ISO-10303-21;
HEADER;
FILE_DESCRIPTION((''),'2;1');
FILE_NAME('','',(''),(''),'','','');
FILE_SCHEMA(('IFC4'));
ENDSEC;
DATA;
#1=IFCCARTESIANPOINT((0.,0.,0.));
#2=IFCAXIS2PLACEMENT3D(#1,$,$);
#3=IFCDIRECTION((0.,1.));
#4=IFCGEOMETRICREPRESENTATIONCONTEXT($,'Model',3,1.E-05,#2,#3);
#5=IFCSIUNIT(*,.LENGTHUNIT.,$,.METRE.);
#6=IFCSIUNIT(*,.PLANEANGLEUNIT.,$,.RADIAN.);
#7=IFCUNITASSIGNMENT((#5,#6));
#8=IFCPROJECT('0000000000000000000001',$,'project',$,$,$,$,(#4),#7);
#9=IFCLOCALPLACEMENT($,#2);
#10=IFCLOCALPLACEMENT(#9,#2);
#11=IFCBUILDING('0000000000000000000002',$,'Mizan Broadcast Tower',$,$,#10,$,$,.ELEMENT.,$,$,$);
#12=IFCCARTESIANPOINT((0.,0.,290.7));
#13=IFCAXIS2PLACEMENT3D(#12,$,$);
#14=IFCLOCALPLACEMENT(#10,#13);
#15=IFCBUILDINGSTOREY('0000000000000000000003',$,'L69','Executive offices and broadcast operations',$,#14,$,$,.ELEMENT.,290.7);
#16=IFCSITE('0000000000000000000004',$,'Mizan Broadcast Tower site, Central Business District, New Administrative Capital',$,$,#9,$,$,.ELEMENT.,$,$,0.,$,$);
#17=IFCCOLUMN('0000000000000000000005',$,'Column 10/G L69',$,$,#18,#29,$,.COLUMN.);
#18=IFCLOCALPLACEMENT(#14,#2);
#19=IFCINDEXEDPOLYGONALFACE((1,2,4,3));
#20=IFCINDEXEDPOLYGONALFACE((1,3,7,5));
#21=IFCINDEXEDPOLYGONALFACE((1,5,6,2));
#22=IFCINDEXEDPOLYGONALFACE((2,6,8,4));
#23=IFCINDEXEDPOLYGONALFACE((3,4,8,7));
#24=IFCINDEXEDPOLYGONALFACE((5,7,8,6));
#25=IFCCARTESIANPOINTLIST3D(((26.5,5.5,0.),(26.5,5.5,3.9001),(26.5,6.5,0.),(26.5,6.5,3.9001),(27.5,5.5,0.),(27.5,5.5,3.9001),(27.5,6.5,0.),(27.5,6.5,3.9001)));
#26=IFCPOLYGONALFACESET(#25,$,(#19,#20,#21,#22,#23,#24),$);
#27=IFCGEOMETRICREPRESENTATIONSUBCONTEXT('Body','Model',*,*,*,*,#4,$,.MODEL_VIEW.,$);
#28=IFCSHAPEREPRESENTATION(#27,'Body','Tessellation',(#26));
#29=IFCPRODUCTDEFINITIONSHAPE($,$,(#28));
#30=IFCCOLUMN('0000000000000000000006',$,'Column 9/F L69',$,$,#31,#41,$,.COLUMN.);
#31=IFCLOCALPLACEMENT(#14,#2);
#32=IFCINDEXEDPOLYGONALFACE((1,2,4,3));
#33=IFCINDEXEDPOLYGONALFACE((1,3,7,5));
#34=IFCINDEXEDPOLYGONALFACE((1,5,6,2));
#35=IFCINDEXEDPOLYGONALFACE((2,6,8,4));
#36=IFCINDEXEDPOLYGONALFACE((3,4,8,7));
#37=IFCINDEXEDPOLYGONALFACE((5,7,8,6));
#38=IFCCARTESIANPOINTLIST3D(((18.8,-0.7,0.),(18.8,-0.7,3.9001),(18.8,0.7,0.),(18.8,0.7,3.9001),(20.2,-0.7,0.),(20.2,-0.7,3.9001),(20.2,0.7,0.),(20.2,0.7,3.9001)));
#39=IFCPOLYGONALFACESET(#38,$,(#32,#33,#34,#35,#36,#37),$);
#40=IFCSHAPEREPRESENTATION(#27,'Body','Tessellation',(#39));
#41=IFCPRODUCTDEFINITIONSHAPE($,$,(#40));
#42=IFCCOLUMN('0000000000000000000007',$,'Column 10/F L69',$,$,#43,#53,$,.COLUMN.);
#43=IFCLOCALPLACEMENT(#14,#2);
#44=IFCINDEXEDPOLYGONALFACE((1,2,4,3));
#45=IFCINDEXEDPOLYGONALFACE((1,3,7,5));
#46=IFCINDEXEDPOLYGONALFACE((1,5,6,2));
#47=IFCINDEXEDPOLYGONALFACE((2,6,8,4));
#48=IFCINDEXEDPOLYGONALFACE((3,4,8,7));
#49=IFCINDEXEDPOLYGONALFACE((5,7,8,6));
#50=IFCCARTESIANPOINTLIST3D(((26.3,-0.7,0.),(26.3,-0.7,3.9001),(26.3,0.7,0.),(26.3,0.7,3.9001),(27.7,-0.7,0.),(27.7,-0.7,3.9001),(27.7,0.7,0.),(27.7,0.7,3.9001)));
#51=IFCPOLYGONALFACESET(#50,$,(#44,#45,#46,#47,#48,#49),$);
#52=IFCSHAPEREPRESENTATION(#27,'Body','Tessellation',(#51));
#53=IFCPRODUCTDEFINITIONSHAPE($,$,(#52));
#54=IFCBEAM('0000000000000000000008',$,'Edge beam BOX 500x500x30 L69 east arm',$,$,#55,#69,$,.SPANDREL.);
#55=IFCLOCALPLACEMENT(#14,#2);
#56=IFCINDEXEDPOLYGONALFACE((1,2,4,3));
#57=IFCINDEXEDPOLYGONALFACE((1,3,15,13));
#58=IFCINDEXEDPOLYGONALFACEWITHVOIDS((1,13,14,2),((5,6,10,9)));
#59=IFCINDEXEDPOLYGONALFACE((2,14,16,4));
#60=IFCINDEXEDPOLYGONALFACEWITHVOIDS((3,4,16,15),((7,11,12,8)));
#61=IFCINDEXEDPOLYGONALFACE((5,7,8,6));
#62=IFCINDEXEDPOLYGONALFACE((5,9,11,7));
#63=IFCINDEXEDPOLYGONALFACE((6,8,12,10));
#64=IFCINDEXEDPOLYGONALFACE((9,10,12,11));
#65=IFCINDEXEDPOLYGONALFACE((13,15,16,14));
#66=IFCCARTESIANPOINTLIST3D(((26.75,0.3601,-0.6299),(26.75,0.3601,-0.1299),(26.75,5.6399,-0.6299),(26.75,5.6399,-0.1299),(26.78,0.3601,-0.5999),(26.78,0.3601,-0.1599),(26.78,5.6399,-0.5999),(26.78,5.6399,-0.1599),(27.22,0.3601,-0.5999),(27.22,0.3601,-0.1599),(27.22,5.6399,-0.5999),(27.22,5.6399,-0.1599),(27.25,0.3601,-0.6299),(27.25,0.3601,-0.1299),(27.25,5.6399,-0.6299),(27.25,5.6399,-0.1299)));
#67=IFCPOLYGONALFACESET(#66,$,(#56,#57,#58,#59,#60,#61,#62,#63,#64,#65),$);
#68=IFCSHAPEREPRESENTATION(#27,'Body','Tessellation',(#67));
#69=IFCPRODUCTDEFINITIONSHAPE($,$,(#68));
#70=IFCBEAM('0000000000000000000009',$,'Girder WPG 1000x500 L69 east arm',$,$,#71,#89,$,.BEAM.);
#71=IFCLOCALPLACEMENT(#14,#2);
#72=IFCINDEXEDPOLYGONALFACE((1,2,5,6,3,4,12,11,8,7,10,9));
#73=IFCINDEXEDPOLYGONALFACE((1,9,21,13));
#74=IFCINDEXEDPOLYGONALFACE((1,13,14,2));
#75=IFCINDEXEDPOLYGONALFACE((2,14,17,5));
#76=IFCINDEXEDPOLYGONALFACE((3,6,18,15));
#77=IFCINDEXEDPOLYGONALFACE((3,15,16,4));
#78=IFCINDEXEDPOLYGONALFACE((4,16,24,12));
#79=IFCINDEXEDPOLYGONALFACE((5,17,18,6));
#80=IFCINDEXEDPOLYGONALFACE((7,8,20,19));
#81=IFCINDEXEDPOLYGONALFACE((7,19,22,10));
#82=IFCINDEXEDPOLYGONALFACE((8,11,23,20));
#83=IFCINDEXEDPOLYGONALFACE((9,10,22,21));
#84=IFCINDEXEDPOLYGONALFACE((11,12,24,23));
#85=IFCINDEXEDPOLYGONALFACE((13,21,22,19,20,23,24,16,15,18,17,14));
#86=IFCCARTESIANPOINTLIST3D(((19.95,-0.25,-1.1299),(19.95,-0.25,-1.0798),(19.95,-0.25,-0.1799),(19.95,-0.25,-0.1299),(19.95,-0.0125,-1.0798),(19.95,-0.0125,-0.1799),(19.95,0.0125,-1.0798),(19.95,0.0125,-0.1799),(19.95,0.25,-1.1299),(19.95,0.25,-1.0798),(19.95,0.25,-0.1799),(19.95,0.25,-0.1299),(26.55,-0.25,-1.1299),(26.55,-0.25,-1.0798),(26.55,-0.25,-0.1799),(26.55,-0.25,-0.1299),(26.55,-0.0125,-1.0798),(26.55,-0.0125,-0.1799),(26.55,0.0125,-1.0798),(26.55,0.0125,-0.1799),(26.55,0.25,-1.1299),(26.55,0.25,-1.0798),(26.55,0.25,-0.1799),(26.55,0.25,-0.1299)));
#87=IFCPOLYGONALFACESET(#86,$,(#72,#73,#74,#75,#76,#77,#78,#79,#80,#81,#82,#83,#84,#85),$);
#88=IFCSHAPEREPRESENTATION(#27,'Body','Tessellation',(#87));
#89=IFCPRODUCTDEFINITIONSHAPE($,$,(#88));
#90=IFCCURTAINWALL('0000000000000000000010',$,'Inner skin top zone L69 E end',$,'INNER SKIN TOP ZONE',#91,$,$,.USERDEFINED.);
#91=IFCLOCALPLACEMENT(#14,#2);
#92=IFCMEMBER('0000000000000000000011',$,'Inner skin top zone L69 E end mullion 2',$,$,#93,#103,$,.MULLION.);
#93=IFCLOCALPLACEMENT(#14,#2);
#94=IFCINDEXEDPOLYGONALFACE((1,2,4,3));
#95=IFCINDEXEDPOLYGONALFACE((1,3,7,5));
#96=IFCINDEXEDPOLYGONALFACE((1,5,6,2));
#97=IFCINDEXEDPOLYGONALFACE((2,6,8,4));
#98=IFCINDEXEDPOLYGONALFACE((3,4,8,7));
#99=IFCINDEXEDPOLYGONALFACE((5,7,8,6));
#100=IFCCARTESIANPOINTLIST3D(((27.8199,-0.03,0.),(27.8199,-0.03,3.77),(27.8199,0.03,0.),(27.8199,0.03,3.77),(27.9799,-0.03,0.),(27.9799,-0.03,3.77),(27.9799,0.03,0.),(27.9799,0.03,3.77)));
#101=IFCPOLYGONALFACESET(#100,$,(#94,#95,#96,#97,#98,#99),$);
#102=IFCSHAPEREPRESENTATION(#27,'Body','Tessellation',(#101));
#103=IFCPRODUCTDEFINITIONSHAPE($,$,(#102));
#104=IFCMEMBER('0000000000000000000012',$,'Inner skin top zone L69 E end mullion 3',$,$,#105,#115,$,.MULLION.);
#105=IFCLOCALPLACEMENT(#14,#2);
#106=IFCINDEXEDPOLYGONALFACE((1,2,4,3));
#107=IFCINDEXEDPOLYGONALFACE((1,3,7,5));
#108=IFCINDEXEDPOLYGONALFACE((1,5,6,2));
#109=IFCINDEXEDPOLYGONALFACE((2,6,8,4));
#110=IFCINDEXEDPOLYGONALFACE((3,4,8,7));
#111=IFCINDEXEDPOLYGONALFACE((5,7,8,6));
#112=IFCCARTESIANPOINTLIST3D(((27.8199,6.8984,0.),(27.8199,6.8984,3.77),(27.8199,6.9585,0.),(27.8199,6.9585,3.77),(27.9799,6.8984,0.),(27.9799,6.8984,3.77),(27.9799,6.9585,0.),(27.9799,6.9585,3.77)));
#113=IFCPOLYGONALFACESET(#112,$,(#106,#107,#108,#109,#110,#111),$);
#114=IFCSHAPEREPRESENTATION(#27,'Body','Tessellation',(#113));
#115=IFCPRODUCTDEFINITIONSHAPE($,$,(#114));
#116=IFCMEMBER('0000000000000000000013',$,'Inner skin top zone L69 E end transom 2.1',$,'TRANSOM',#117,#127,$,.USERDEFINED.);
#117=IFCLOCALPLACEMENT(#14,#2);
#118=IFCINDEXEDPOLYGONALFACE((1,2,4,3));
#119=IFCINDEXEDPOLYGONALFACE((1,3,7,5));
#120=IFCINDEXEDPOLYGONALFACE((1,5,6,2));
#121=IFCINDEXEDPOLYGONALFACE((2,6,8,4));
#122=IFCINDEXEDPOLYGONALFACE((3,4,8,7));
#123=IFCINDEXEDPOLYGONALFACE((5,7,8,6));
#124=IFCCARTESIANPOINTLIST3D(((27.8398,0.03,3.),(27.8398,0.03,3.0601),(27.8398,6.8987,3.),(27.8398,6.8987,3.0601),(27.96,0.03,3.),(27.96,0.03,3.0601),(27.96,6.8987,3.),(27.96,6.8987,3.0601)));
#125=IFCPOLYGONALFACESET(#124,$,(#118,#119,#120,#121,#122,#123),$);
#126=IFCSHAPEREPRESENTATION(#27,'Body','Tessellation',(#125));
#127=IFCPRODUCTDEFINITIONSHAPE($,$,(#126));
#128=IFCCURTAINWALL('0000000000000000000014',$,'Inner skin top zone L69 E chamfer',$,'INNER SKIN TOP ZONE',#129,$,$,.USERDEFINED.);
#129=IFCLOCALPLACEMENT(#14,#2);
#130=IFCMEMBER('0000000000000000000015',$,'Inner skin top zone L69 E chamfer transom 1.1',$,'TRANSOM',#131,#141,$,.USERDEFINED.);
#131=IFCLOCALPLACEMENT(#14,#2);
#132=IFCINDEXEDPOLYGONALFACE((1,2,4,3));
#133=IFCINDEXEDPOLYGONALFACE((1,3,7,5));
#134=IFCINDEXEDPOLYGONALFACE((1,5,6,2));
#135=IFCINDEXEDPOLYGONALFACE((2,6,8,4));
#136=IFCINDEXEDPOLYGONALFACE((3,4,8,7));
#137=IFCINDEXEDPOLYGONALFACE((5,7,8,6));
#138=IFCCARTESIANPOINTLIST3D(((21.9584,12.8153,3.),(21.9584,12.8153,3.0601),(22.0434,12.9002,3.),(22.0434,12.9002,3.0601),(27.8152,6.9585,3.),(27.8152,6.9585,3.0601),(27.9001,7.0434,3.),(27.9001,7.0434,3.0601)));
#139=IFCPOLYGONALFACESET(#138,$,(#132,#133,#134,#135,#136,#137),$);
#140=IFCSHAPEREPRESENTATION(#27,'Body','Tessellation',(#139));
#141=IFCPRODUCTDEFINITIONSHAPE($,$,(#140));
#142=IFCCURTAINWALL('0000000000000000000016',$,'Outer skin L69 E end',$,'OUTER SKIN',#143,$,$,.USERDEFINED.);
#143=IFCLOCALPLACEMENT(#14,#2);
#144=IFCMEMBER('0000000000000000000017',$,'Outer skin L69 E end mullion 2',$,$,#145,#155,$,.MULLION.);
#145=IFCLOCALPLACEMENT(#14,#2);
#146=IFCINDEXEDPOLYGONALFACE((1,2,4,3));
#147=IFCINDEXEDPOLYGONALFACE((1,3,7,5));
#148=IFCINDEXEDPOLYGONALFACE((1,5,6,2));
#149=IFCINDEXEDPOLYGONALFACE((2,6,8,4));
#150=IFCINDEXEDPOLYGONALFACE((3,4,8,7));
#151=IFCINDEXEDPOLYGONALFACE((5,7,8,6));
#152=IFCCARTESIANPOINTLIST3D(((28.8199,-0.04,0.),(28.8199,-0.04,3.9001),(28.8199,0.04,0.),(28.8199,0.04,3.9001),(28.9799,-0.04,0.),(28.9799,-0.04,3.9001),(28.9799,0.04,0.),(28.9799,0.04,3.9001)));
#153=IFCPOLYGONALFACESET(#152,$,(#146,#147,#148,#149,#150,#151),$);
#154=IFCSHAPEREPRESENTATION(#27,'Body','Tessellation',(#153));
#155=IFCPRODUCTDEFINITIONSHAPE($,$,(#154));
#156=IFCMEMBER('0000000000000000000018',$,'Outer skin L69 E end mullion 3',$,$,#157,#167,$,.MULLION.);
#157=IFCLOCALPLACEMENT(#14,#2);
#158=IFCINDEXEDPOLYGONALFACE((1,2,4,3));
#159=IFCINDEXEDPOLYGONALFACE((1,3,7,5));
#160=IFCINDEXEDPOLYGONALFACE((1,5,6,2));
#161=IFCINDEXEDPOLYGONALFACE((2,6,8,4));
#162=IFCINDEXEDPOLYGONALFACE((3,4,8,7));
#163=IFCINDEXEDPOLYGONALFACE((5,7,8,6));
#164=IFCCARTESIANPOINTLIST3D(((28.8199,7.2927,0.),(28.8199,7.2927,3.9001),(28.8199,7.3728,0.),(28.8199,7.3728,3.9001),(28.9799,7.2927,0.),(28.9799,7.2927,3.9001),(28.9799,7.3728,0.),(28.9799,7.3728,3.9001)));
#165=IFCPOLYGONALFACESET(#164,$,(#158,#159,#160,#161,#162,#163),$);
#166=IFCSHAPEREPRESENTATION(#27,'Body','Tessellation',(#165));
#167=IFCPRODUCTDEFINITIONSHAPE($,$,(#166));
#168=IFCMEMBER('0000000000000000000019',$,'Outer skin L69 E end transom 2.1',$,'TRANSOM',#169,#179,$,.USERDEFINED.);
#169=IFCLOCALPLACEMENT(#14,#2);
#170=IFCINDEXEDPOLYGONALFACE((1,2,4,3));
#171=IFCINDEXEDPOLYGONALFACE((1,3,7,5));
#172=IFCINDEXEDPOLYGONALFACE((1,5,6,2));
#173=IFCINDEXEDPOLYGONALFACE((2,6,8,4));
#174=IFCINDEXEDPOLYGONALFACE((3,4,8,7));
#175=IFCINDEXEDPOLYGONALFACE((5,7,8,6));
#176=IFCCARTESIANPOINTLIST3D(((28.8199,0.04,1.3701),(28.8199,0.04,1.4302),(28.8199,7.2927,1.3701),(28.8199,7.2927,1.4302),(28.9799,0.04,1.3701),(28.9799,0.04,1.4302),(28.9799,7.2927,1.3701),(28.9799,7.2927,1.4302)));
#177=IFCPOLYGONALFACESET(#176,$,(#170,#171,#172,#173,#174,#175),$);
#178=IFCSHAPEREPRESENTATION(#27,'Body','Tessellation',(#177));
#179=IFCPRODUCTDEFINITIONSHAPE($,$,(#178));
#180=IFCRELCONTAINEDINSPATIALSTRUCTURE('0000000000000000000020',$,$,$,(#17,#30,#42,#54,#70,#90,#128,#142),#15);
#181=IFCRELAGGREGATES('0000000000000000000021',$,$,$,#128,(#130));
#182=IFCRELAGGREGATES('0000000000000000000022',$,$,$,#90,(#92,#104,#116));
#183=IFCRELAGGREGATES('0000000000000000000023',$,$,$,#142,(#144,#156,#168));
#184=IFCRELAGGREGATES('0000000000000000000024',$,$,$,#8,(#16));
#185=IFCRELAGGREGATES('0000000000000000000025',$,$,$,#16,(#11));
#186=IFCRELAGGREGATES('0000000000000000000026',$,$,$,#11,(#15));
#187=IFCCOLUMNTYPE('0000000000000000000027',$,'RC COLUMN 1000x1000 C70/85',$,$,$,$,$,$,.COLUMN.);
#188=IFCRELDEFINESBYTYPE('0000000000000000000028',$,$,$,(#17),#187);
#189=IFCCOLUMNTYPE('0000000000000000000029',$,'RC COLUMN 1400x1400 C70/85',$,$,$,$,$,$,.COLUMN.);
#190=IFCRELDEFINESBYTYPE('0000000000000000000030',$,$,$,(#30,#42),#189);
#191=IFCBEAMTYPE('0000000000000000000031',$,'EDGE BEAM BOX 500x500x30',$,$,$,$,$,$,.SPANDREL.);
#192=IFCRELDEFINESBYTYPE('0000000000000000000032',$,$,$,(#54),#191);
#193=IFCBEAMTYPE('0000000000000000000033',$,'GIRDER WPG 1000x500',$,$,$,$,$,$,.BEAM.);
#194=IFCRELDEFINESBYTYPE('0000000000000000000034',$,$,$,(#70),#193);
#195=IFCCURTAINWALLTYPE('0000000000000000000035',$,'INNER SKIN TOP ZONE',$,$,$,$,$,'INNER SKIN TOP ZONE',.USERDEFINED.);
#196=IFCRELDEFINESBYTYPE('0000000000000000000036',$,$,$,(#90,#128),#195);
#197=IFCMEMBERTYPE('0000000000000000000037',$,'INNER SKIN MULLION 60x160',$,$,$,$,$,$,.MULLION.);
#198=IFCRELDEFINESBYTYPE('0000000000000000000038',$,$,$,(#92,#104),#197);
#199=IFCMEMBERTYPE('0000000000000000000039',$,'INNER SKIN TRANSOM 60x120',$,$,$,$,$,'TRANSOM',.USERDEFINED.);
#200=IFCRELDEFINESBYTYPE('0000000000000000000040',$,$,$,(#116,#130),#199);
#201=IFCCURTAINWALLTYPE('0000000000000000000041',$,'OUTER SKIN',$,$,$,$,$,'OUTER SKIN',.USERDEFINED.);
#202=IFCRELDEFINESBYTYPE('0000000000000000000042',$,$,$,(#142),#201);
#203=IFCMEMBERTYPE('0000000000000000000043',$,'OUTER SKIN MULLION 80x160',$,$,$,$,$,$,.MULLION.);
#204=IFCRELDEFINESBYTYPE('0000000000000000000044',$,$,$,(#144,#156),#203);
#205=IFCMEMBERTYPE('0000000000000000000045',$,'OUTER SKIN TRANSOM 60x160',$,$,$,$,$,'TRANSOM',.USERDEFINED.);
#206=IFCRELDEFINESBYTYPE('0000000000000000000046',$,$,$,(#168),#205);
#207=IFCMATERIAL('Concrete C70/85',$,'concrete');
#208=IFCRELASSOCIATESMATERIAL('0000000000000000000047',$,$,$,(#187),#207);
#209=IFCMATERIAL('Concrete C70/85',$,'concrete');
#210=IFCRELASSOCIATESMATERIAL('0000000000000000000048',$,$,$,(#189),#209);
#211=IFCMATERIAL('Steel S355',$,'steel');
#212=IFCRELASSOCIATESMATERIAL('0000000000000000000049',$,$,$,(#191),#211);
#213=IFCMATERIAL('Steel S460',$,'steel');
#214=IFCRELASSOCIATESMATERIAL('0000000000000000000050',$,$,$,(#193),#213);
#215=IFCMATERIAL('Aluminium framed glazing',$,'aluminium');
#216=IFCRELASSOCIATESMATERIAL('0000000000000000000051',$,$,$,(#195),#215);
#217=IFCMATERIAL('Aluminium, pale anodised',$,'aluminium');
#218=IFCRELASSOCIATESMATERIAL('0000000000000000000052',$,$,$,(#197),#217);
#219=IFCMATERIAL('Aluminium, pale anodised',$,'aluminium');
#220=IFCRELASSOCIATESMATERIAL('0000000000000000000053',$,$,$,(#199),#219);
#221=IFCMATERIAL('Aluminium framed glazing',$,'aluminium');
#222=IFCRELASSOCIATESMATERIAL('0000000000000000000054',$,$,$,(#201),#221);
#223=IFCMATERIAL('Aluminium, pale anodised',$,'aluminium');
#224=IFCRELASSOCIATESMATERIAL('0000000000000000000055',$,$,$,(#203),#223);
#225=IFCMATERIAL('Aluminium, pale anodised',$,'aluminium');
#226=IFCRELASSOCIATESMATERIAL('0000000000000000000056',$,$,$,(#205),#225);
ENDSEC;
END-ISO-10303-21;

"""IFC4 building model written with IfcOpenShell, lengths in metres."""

from ifc_helpers import new_model, si_unit, direction, frame, origin, origin_2d, place, context, subcontext, project, spatial, rectangle, hollow_rectangle, i_section, extrude, material, material_profile, profile_set, type_object, element, aggregate, save


model = new_model("IFC4")

# Units and contexts
model_context = context("Model", 3, precision=1e-05, world=origin(), true_north=direction((0.0, 1.0)))
body_context = subcontext(model_context, "Body", "Model", "MODEL_VIEW")
ifc_project = project(units=[si_unit("LENGTHUNIT", "METRE"), si_unit("PLANEANGLEUNIT", "RADIAN")], contexts=[model_context])

# Site, building, storey
site_placement = place(None, origin())
site = spatial("IfcSite", under=ifc_project, at=site_placement, Name="Mizan Broadcast Tower site, Central Business District, New Administrative Capital", CompositionType="ELEMENT", RefElevation=0.0)
building_placement = place(site_placement, origin())
building = spatial("IfcBuilding", under=site, at=building_placement, Name="Mizan Broadcast Tower", CompositionType="ELEMENT")
storey_placement = place(building_placement, frame((0.0, 0.0, 290.7)))
storey = spatial("IfcBuildingStorey", under=building, at=storey_placement, Name="L69", Description="Executive offices and broadcast operations", CompositionType="ELEMENT", Elevation=290.7)

# Columns
ifc_material_1 = material(Name="Concrete C70/85", Category="concrete")
ifc_material_profile_1 = material_profile(ifc_material_1, rectangle(XDim=1.0, YDim=1.0, at=origin_2d()), Name="RC 1000x1000")
ifc_profile_set_1 = profile_set([ifc_material_profile_1], Name="Concrete C70/85")
column_type_1 = type_object("IfcColumnType", Name="RC COLUMN 1000x1000 C70/85", PredefinedType="COLUMN", material=ifc_profile_set_1)
column_placement = place(storey_placement, frame((27.0, 6.0, 0.0), z_axis=(0.0, 0.0, 1.0), x_axis=(1.0, 0.0, 0.0)))
element("IfcColumn", 1, at=column_placement, inside=storey, type_object=column_type_1, Name="Column 10/G L69", PredefinedType="COLUMN", context=body_context, shape_type="SweptSolid", body=[
    extrude(rectangle(XDim=1.0, YDim=1.0, at=origin_2d()), origin(), (0.0, 0.0, 1.0), 3.9001),
])
ifc_material_2 = material(Name="Concrete C70/85", Category="concrete")
ifc_material_profile_2 = material_profile(ifc_material_2, rectangle(XDim=1.3999, YDim=1.3999, at=origin_2d()), Name="RC 1400x1400")
ifc_profile_set_2 = profile_set([ifc_material_profile_2], Name="Concrete C70/85")
column_type_2 = type_object("IfcColumnType", Name="RC COLUMN 1400x1400 C70/85", PredefinedType="COLUMN", material=ifc_profile_set_2)
for number, where, z_axis, x_axis, name in (
    (2, (19.5, 0.0, 0.0), (0.0, 0.0, 1.0), (1.0, 0.0, 0.0), "Column 9/F L69"),
    (3, (27.0, 0.0, 0.0), (0.0, 0.0, 1.0), (1.0, 0.0, 0.0), "Column 10/F L69"),
):
    element("IfcColumn", number, at=place(storey_placement, frame(where, z_axis=z_axis, x_axis=x_axis)), inside=storey, type_object=column_type_2, Name=name, PredefinedType="COLUMN", context=body_context, shape_type="SweptSolid", body=[
        extrude(rectangle(XDim=1.3999, YDim=1.3999, at=origin_2d()), origin(), (0.0, 0.0, 1.0), 3.9001),
    ])

# Beams
ifc_material_3 = material(Name="Steel S355", Category="steel")
ifc_material_profile_3 = material_profile(ifc_material_3, hollow_rectangle(XDim=0.5, YDim=0.5, WallThickness=0.03, at=origin_2d()), Name="BOX 500x500x30")
ifc_profile_set_3 = profile_set([ifc_material_profile_3], Name="Steel S355")
beam_type_1 = type_object("IfcBeamType", Name="EDGE BEAM BOX 500x500x30", PredefinedType="SPANDREL", material=ifc_profile_set_3)
beam_1_placement = place(storey_placement, frame((27.0, 5.6399, -0.3799), z_axis=(0.0, -1.0, 0.0), x_axis=(1.0, 0.0, 0.0)))
element("IfcBeam", 4, at=beam_1_placement, inside=storey, type_object=beam_type_1, Name="Edge beam BOX 500x500x30 L69 east arm", PredefinedType="SPANDREL", context=body_context, shape_type="SweptSolid", body=[
    extrude(hollow_rectangle(XDim=0.5, YDim=0.5, WallThickness=0.03, at=origin_2d()), origin(), (0.0, 0.0, 1.0), 5.2798),
])
ifc_material_4 = material(Name="Steel S460", Category="steel")
ifc_material_profile_4 = material_profile(ifc_material_4, i_section(OverallWidth=0.5, OverallDepth=1.0, WebThickness=0.0249, FlangeThickness=0.05, at=origin_2d()), Name="WPG 1000x500")
ifc_profile_set_4 = profile_set([ifc_material_profile_4], Name="Steel S460")
beam_type_2 = type_object("IfcBeamType", Name="GIRDER WPG 1000x500", PredefinedType="BEAM", material=ifc_profile_set_4)
beam_2_placement = place(storey_placement, frame((19.95, 0.0, -0.6299), z_axis=(1.0, 0.0, 0.0), x_axis=(0.0, 1.0, 0.0)))
element("IfcBeam", 5, at=beam_2_placement, inside=storey, type_object=beam_type_2, Name="Girder WPG 1000x500 L69 east arm", PredefinedType="BEAM", context=body_context, shape_type="SweptSolid", body=[
    extrude(i_section(OverallWidth=0.5, OverallDepth=1.0, WebThickness=0.0249, FlangeThickness=0.05, at=origin_2d()), origin(), (0.0, 0.0, 1.0), 6.6001),
])

# Curtain wall, members
ifc_material_5 = material(Name="Aluminium framed glazing", Category="aluminium")
curtain_wall_type_1 = type_object("IfcCurtainWallType", Name="INNER SKIN TOP ZONE", ElementType="INNER SKIN TOP ZONE", PredefinedType="USERDEFINED", material=ifc_material_5)
curtain_wall_1_placement = place(storey_placement, origin())
curtain_wall_1 = element("IfcCurtainWall", 6, at=curtain_wall_1_placement, inside=storey, type_object=curtain_wall_type_1, Name="Inner skin top zone L69 E end", ObjectType="INNER SKIN TOP ZONE", PredefinedType="USERDEFINED")
ifc_material_6 = material(Name="Aluminium, pale anodised", Category="aluminium")
ifc_material_profile_5 = material_profile(ifc_material_6, rectangle(XDim=0.1599, YDim=0.0601, at=origin_2d()), Name="MULLION 160x60")
ifc_profile_set_5 = profile_set([ifc_material_profile_5], Name="Aluminium, pale anodised")
member_type_1 = type_object("IfcMemberType", Name="INNER SKIN MULLION 60x160", PredefinedType="MULLION", material=ifc_profile_set_5)
member_1_placement = place(storey_placement, frame((27.8999, 0.0, 0.0), z_axis=(0.0, 0.0, 1.0), x_axis=(-1.0, 0.0, 0.0)))
member_1 = element("IfcMember", 7, at=member_1_placement, type_object=member_type_1, Name="Inner skin top zone L69 E end mullion 2", PredefinedType="MULLION", context=body_context, shape_type="SweptSolid", body=[
    extrude(rectangle(XDim=0.1599, YDim=0.0601, at=origin_2d()), origin(), (0.0, 0.0, 1.0), 3.77),
])
member_2_placement = place(storey_placement, frame((27.8999, 6.9285, 0.0), z_axis=(0.0, 0.0, 1.0), x_axis=(-1.0, 0.0, 0.0)))
member_2 = element("IfcMember", 8, at=member_2_placement, type_object=member_type_1, Name="Inner skin top zone L69 E end mullion 3", PredefinedType="MULLION", context=body_context, shape_type="SweptSolid", body=[
    extrude(rectangle(XDim=0.1599, YDim=0.0601, at=origin_2d()), origin(), (0.0, 0.0, 1.0), 3.77),
])
ifc_material_7 = material(Name="Aluminium, pale anodised", Category="aluminium")
ifc_material_profile_6 = material_profile(ifc_material_7, rectangle(XDim=0.1201, YDim=0.0601, at=origin_2d()), Name="TRANSOM 120x60")
ifc_profile_set_6 = profile_set([ifc_material_profile_6], Name="Aluminium, pale anodised")
member_type_2 = type_object("IfcMemberType", Name="INNER SKIN TRANSOM 60x120", ElementType="TRANSOM", PredefinedType="USERDEFINED", material=ifc_profile_set_6)
member_3_placement = place(storey_placement, frame((27.8999, 0.03, 3.03), z_axis=(0.0, 1.0, 0.0), x_axis=(-1.0, 0.0, 0.0)))
member_3 = element("IfcMember", 9, at=member_3_placement, type_object=member_type_2, Name="Inner skin top zone L69 E end transom 2.1", ObjectType="TRANSOM", PredefinedType="USERDEFINED", context=body_context, shape_type="SweptSolid", body=[
    extrude(rectangle(XDim=0.1201, YDim=0.0601, at=origin_2d()), origin(), (0.0, 0.0, 1.0), 6.8687),
])

# Curtain wall, member
curtain_wall_2_placement = place(storey_placement, origin())
curtain_wall_2 = element("IfcCurtainWall", 10, at=curtain_wall_2_placement, inside=storey, type_object=curtain_wall_type_1, Name="Inner skin top zone L69 E chamfer", ObjectType="INNER SKIN TOP ZONE", PredefinedType="USERDEFINED")
member_4_placement = place(storey_placement, frame((27.8577, 7.001, 3.03), z_axis=(-0.707107, 0.707107, 0.0), x_axis=(-0.707107, -0.707107, 0.0)))
member_4 = element("IfcMember", 11, at=member_4_placement, type_object=member_type_2, Name="Inner skin top zone L69 E chamfer transom 1.1", ObjectType="TRANSOM", PredefinedType="USERDEFINED", context=body_context, shape_type="SweptSolid", body=[
    extrude(rectangle(XDim=0.1201, YDim=0.0601, at=origin_2d()), origin(), (0.0, 0.0, 1.0), 8.2827),
])
aggregate(curtain_wall_2, [member_4])

# Curtain wall, members
ifc_material_8 = material(Name="Aluminium framed glazing", Category="aluminium")
curtain_wall_type_2 = type_object("IfcCurtainWallType", Name="OUTER SKIN", ElementType="OUTER SKIN", PredefinedType="USERDEFINED", material=ifc_material_8)
curtain_wall_3_placement = place(storey_placement, origin())
curtain_wall_3 = element("IfcCurtainWall", 12, at=curtain_wall_3_placement, inside=storey, type_object=curtain_wall_type_2, Name="Outer skin L69 E end", ObjectType="OUTER SKIN", PredefinedType="USERDEFINED")
ifc_material_9 = material(Name="Aluminium, pale anodised", Category="aluminium")
ifc_material_profile_7 = material_profile(ifc_material_9, rectangle(XDim=0.1599, YDim=0.0801, at=origin_2d()), Name="MULLION 160x80")
ifc_profile_set_7 = profile_set([ifc_material_profile_7], Name="Aluminium, pale anodised")
member_type_3 = type_object("IfcMemberType", Name="OUTER SKIN MULLION 80x160", PredefinedType="MULLION", material=ifc_profile_set_7)
member_5_placement = place(storey_placement, frame((28.8999, 0.0, 0.0), z_axis=(0.0, 0.0, 1.0), x_axis=(-1.0, 0.0, 0.0)))
member_5 = element("IfcMember", 13, at=member_5_placement, type_object=member_type_3, Name="Outer skin L69 E end mullion 2", PredefinedType="MULLION", context=body_context, shape_type="SweptSolid", body=[
    extrude(rectangle(XDim=0.1599, YDim=0.0801, at=origin_2d()), origin(), (0.0, 0.0, 1.0), 3.9001),
])
member_6_placement = place(storey_placement, frame((28.8999, 7.3328, 0.0), z_axis=(0.0, 0.0, 1.0), x_axis=(-1.0, 0.0, 0.0)))
member_6 = element("IfcMember", 14, at=member_6_placement, type_object=member_type_3, Name="Outer skin L69 E end mullion 3", PredefinedType="MULLION", context=body_context, shape_type="SweptSolid", body=[
    extrude(rectangle(XDim=0.1599, YDim=0.0801, at=origin_2d()), origin(), (0.0, 0.0, 1.0), 3.9001),
])
ifc_material_10 = material(Name="Aluminium, pale anodised", Category="aluminium")
ifc_material_profile_8 = material_profile(ifc_material_10, rectangle(XDim=0.1599, YDim=0.0601, at=origin_2d()), Name="TRANSOM 160x60")
ifc_profile_set_8 = profile_set([ifc_material_profile_8], Name="Aluminium, pale anodised")
member_type_4 = type_object("IfcMemberType", Name="OUTER SKIN TRANSOM 60x160", ElementType="TRANSOM", PredefinedType="USERDEFINED", material=ifc_profile_set_8)
member_7_placement = place(storey_placement, frame((28.8999, 0.04, 1.4001), z_axis=(0.0, 1.0, 0.0), x_axis=(-1.0, 0.0, 0.0)))
member_7 = element("IfcMember", 15, at=member_7_placement, type_object=member_type_4, Name="Outer skin L69 E end transom 2.1", ObjectType="TRANSOM", PredefinedType="USERDEFINED", context=body_context, shape_type="SweptSolid", body=[
    extrude(rectangle(XDim=0.1599, YDim=0.0601, at=origin_2d()), origin(), (0.0, 0.0, 1.0), 7.2527),
])

aggregate(curtain_wall_1, [member_1, member_2, member_3])
aggregate(curtain_wall_3, [member_5, member_6, member_7])

save(model, "model.ifc")
